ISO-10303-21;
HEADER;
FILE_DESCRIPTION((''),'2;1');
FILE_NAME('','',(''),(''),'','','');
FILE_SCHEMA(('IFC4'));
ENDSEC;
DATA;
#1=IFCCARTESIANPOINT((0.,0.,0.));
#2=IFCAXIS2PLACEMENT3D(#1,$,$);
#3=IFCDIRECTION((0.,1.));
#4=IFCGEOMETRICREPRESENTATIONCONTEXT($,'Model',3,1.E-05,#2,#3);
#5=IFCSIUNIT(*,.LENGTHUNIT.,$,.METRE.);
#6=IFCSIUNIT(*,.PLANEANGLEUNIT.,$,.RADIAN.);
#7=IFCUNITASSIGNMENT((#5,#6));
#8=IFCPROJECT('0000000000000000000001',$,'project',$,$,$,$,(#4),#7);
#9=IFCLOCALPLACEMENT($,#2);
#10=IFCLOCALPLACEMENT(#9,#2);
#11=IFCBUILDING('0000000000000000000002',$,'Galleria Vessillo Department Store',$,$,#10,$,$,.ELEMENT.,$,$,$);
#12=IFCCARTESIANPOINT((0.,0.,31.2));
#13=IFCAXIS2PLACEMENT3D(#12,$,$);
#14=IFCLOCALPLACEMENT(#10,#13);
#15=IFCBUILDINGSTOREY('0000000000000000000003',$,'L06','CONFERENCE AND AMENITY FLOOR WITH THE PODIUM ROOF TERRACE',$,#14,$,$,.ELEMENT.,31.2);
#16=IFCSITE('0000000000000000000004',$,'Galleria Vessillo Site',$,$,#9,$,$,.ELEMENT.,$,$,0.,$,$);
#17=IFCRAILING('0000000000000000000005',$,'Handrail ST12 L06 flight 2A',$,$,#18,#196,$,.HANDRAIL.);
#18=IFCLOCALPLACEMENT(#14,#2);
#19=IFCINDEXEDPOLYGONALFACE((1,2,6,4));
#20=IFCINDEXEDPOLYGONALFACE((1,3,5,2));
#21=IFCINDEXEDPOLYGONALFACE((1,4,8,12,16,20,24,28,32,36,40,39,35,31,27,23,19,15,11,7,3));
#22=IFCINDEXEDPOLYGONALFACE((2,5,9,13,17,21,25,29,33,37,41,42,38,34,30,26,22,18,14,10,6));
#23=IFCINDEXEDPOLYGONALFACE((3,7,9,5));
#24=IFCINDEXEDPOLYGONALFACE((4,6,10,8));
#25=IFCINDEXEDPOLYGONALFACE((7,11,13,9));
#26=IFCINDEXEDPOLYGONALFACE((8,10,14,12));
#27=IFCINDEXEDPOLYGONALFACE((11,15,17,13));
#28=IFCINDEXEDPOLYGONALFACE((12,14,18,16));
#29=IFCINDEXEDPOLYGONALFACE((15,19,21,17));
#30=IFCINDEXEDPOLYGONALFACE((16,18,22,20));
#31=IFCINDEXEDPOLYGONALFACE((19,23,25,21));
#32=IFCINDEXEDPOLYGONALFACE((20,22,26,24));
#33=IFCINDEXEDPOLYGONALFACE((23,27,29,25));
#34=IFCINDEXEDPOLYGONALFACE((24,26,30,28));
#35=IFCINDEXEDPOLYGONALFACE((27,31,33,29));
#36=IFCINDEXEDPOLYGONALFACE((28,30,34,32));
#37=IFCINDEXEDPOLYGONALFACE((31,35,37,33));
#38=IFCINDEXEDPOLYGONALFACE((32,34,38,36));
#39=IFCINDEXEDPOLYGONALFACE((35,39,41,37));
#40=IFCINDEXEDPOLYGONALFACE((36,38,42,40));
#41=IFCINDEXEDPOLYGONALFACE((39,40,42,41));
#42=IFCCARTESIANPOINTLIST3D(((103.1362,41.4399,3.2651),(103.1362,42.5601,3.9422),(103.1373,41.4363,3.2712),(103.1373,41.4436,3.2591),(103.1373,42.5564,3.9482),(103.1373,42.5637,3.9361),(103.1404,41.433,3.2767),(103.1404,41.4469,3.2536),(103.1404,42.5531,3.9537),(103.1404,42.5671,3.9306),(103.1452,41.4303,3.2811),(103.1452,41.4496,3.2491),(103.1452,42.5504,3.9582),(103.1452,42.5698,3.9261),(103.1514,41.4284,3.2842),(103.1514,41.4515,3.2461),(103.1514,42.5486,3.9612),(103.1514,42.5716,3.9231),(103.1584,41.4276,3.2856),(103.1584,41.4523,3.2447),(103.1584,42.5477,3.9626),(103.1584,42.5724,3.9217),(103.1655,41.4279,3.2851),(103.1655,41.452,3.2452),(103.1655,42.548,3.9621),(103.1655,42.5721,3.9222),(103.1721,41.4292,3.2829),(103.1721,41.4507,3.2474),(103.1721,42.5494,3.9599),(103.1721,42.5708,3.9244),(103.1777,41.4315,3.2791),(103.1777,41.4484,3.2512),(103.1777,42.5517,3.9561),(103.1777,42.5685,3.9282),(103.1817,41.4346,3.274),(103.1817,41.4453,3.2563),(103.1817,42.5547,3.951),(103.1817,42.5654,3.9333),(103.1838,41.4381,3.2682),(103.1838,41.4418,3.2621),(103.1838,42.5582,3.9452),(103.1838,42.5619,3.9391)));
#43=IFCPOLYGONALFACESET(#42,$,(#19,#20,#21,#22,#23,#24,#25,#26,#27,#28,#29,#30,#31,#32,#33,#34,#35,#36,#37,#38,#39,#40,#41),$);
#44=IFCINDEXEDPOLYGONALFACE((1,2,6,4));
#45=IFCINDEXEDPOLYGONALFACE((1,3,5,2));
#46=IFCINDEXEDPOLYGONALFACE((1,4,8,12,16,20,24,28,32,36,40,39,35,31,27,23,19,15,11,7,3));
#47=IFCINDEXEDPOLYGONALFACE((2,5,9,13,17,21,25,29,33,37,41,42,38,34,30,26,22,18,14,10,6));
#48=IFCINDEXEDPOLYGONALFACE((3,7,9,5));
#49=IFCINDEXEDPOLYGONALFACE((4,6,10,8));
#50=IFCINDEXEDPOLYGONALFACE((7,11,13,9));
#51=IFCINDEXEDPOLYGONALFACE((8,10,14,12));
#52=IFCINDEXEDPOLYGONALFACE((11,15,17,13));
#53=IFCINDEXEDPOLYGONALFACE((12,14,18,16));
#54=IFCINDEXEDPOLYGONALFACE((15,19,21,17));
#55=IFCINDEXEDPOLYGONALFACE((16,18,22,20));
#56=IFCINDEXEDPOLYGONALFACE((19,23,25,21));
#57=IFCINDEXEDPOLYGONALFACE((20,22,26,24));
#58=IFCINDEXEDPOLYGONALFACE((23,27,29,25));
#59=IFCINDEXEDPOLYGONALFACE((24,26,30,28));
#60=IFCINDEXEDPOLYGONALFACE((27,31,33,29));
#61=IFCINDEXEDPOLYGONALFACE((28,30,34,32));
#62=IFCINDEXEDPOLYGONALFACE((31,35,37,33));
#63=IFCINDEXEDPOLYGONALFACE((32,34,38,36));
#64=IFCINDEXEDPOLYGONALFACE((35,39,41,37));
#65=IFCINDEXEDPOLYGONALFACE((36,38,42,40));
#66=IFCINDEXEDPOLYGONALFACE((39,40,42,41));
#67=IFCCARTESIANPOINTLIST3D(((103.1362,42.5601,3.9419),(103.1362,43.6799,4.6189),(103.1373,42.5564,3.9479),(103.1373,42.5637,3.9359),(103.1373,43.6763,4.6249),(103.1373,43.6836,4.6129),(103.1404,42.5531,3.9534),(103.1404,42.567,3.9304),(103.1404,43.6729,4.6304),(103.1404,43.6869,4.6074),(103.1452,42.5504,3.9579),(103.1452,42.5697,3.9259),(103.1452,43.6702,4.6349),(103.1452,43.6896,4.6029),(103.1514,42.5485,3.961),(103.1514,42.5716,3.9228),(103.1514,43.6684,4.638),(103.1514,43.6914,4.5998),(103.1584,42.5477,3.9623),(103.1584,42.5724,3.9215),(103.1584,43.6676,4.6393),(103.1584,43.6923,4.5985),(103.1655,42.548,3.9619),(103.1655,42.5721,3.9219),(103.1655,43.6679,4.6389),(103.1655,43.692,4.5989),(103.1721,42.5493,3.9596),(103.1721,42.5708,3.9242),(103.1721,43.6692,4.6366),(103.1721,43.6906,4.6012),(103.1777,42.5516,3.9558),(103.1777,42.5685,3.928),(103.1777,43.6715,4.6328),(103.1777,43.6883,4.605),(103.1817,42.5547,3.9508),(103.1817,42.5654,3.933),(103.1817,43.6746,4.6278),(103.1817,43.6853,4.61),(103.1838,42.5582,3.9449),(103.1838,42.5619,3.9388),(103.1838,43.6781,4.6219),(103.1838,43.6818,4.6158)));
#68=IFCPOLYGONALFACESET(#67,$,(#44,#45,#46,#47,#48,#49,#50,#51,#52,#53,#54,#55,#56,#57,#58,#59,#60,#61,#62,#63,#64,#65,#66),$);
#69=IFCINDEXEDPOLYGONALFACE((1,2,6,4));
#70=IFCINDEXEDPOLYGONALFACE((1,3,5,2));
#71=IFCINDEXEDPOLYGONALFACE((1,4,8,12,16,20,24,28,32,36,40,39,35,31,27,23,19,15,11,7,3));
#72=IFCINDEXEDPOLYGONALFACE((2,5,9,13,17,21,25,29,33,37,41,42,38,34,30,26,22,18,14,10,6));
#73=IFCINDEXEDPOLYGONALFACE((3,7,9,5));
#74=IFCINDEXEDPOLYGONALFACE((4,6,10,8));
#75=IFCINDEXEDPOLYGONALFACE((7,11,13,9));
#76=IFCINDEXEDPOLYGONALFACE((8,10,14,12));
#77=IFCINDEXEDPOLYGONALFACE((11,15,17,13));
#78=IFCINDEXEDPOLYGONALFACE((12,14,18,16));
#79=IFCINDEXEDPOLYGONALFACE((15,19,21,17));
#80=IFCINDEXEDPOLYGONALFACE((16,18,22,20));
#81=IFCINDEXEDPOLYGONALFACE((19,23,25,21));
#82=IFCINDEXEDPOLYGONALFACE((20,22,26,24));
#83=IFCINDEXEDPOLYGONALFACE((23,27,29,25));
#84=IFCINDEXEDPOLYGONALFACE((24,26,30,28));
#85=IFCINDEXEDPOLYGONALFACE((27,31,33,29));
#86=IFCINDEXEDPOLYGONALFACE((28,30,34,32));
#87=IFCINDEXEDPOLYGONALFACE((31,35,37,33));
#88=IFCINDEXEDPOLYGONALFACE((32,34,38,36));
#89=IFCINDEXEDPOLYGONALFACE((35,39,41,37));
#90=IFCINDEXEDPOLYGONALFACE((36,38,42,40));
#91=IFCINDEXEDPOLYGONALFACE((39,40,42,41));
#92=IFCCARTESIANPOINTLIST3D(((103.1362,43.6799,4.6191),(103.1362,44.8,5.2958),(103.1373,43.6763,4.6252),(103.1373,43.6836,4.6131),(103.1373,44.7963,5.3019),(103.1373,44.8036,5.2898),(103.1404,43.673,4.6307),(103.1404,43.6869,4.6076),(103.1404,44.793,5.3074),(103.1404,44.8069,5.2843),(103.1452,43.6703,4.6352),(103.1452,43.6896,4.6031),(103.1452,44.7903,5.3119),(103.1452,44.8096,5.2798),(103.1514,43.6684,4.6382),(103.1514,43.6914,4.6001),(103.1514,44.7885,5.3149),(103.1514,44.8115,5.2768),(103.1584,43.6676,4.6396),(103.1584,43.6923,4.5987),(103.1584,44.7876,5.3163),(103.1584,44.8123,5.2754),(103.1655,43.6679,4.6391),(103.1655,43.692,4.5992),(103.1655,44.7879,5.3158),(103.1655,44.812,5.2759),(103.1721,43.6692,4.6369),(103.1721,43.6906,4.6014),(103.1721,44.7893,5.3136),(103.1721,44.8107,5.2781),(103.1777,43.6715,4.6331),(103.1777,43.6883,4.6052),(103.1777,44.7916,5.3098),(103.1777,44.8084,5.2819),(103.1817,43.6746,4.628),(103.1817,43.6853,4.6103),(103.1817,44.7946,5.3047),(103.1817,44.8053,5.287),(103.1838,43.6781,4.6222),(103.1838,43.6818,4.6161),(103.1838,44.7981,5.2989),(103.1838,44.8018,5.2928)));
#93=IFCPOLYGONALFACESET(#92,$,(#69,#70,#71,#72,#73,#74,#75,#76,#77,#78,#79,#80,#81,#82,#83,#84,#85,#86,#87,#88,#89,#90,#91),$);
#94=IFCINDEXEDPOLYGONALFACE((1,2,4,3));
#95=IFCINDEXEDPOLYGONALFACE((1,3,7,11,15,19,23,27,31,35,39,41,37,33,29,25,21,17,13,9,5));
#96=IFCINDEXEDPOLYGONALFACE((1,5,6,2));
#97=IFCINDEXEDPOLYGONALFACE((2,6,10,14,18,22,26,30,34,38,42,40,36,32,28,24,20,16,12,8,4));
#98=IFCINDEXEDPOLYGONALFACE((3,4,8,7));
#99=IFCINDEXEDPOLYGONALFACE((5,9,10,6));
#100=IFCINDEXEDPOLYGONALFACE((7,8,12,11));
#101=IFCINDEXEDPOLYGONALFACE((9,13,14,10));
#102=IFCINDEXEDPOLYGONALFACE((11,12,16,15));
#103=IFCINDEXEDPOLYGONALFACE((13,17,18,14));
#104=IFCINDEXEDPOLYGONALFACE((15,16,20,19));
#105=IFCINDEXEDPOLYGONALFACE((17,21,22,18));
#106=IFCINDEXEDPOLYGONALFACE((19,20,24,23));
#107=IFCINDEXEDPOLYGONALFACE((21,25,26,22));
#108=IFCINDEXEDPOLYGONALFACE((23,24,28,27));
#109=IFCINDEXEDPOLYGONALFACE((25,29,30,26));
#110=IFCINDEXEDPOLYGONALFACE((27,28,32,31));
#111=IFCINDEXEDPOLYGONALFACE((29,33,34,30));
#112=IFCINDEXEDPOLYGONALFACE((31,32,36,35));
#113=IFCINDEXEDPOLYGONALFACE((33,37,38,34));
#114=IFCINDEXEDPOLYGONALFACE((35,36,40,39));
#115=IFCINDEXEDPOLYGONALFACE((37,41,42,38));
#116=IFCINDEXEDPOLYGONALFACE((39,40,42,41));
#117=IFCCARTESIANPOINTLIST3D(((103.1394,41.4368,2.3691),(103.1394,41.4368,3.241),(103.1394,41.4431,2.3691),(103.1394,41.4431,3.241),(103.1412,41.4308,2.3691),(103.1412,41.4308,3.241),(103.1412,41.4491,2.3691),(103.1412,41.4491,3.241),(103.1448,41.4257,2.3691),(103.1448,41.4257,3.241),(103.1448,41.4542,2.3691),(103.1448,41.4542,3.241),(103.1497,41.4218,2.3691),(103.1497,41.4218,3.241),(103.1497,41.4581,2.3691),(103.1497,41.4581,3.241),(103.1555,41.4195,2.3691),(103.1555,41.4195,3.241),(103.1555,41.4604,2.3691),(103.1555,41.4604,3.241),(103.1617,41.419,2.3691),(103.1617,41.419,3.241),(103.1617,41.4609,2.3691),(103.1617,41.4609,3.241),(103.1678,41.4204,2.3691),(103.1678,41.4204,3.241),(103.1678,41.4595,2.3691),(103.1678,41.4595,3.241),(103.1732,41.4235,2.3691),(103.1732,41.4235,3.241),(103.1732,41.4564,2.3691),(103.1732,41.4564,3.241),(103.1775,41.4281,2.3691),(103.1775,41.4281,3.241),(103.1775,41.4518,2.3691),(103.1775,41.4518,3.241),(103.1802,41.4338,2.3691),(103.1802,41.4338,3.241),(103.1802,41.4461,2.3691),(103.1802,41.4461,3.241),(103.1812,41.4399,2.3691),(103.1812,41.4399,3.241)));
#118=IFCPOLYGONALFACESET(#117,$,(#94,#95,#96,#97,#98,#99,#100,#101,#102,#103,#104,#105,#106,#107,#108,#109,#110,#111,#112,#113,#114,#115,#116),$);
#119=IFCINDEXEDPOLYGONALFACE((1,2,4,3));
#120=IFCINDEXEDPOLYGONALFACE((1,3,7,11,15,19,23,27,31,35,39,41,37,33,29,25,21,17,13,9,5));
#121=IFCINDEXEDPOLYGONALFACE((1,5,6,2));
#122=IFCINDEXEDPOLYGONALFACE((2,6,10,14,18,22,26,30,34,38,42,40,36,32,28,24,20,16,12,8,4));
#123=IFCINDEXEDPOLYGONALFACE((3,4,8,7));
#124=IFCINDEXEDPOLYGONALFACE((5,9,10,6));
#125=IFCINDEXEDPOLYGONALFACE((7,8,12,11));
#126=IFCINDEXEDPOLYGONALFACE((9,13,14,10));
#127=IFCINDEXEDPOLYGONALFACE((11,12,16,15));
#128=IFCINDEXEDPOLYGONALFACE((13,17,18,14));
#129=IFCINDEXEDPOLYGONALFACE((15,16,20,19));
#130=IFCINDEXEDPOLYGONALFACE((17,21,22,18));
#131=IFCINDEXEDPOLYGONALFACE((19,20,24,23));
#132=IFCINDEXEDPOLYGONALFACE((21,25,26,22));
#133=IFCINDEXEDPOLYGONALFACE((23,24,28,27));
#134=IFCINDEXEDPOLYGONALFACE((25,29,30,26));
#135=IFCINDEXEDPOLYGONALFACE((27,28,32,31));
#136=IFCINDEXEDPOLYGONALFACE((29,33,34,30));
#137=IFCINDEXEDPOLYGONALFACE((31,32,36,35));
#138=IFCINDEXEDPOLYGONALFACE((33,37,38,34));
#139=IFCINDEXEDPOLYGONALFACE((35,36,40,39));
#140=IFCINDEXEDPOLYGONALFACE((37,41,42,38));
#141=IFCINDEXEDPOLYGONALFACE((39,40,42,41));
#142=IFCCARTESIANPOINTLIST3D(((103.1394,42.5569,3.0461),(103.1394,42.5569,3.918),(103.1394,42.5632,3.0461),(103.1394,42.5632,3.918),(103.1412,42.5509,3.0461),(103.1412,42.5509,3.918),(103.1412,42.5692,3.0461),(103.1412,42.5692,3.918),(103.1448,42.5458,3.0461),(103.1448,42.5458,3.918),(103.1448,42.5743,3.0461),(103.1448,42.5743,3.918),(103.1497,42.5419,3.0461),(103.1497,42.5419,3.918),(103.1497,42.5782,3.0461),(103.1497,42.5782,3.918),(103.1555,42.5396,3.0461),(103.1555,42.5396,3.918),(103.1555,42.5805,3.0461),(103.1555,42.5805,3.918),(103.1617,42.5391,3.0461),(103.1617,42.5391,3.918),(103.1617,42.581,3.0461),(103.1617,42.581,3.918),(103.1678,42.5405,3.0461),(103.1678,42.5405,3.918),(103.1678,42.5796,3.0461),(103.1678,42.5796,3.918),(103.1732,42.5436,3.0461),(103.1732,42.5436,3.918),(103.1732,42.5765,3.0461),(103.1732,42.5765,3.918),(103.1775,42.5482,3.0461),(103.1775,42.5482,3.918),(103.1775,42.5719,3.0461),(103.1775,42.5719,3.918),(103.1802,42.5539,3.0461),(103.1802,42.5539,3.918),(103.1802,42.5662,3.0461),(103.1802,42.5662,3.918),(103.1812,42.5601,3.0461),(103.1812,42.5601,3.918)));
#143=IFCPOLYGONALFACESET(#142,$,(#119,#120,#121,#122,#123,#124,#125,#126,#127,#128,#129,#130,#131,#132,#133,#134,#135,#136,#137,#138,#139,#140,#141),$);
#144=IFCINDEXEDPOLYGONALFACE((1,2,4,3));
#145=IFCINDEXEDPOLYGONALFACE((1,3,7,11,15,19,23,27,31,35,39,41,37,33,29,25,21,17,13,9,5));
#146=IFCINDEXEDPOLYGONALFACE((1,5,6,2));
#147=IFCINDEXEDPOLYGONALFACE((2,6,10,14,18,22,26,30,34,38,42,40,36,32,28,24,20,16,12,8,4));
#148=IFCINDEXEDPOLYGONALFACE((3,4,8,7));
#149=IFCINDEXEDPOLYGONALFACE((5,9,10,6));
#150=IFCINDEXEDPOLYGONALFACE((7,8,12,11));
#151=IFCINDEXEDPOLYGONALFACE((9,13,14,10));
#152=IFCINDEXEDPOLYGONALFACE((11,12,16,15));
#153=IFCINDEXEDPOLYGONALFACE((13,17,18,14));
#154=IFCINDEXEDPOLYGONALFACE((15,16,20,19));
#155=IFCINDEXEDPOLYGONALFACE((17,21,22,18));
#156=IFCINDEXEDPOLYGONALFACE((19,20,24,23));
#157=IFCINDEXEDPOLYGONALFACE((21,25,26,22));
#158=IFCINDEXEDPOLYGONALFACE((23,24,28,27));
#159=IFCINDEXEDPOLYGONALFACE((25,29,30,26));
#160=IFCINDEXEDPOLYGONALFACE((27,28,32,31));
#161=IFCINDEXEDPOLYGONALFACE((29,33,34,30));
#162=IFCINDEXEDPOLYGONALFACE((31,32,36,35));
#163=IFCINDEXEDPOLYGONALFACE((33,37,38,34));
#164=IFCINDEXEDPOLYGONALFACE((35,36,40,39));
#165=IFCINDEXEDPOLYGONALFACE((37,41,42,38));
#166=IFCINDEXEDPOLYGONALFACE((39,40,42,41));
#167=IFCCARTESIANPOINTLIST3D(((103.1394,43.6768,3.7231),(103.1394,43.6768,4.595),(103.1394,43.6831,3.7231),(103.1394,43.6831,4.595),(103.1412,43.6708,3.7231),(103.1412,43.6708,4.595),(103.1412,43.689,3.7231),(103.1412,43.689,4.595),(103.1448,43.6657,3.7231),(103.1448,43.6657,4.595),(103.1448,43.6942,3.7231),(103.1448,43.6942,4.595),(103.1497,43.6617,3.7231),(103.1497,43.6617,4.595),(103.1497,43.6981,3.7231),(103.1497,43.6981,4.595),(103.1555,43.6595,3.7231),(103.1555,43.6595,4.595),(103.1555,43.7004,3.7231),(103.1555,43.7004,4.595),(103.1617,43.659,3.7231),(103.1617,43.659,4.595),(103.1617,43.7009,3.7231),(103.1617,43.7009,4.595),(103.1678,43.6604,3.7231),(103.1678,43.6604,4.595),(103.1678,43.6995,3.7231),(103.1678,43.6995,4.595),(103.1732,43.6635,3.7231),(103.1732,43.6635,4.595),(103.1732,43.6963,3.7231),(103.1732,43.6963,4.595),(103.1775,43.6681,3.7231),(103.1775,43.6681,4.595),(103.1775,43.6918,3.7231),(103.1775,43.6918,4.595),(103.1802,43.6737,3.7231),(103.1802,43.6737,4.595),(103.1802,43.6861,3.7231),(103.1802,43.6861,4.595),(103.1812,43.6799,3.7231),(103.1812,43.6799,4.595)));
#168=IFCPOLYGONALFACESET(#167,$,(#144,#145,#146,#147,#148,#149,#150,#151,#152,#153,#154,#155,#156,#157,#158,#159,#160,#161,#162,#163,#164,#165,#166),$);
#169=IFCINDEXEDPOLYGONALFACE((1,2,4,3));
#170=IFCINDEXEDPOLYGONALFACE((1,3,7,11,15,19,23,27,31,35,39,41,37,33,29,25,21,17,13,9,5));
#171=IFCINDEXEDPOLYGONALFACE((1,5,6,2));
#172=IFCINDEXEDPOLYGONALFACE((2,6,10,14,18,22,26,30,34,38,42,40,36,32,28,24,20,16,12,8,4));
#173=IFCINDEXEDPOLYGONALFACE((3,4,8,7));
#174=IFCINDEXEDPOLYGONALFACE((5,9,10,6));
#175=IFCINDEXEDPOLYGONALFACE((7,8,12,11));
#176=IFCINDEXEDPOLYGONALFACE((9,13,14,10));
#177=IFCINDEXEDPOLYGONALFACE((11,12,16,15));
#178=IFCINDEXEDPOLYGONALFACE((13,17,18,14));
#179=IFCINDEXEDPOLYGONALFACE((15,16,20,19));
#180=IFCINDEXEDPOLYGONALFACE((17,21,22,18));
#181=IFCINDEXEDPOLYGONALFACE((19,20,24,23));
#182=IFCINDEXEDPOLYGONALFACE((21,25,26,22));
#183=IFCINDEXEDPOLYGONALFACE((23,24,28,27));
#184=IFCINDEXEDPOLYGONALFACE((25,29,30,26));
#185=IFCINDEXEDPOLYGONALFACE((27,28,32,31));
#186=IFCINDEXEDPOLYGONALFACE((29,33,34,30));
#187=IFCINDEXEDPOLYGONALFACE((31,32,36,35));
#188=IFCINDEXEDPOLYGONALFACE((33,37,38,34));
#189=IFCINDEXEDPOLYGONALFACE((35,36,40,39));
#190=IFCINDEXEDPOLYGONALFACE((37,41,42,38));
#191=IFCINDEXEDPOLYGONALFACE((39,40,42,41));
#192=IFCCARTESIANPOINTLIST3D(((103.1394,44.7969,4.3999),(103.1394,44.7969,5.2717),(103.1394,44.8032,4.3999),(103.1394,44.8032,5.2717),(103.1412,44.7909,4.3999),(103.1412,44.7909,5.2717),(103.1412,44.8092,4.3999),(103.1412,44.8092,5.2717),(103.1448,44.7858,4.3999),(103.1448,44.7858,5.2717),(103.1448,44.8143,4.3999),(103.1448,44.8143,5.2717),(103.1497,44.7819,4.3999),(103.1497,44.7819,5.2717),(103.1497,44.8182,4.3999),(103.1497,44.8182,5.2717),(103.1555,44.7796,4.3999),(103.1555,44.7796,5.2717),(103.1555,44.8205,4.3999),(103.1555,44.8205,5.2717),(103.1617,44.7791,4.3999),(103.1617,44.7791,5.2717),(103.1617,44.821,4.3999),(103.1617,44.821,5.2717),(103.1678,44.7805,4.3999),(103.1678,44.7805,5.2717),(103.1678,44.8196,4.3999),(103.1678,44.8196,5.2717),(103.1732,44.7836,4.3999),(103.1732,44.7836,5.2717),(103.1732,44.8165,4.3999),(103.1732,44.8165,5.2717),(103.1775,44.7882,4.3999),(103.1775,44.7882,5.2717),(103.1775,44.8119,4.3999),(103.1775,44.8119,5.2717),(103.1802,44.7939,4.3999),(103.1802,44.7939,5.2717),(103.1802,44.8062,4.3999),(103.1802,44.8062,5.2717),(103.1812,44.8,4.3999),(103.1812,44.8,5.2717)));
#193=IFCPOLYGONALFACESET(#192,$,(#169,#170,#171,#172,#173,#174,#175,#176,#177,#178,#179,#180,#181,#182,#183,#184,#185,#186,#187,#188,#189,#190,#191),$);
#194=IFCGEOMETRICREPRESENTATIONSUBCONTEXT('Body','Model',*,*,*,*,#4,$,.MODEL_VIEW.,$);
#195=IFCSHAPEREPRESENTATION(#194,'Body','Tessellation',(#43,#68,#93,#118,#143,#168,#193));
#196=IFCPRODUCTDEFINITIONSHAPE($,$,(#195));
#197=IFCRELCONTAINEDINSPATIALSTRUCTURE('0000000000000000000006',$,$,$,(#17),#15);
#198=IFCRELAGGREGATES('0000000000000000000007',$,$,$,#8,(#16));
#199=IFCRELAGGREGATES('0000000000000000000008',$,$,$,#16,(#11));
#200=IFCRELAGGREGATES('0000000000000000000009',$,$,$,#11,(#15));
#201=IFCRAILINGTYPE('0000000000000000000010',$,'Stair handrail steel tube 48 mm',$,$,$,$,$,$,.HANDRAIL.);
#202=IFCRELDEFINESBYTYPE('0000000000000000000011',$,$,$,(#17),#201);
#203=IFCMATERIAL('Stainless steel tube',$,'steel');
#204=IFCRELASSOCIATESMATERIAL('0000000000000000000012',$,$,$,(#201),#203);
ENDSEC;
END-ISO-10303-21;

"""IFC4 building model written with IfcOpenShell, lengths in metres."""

from ifc_helpers import new_model, si_unit, direction, frame, origin, origin_2d, place, context, subcontext, project, spatial, circle, extrude, material, type_object, element, save


model = new_model("IFC4")

# Units and contexts
model_context = context("Model", 3, precision=1e-05, world=origin(), true_north=direction((0.0, 1.0)))
body_context = subcontext(model_context, "Body", "Model", "MODEL_VIEW")
ifc_project = project(units=[si_unit("LENGTHUNIT", "METRE"), si_unit("PLANEANGLEUNIT", "RADIAN")], contexts=[model_context])

# Site, building, storey
site_placement = place(None, origin())
site = spatial("IfcSite", under=ifc_project, at=site_placement, Name="Galleria Vessillo Site", CompositionType="ELEMENT", RefElevation=0.0)
building_placement = place(site_placement, origin())
building = spatial("IfcBuilding", under=site, at=building_placement, Name="Galleria Vessillo Department Store", CompositionType="ELEMENT")
storey_placement = place(building_placement, frame((0.0, 0.0, 31.2)))
storey = spatial("IfcBuildingStorey", under=building, at=storey_placement, Name="L06", Description="CONFERENCE AND AMENITY FLOOR WITH THE PODIUM ROOF TERRACE", CompositionType="ELEMENT", Elevation=31.2)

# Railing
ifc_material_1 = material(Name="Stainless steel tube", Category="steel")
railing_type = type_object("IfcRailingType", Name="Stair handrail steel tube 48 mm", PredefinedType="HANDRAIL", material=ifc_material_1)
railing_placement = place(storey_placement, frame((103.1602, 41.4399, 2.3691)))
element("IfcRailing", 1, at=railing_placement, inside=storey, type_object=railing_type, Name="Handrail ST12 L06 flight 2A", PredefinedType="HANDRAIL", context=body_context, shape_type="SweptSolid", body=[
    extrude(circle(Radius=0.0239, at=origin_2d()), frame((0.0, 0.0, 0.896), z_axis=(0.0, 0.855826, 0.517264), x_axis=(-1.0, 0.0, 0.0)), (0.0, 0.0, 1.0), 1.3088),
    extrude(circle(Radius=0.0239, at=origin_2d()), frame((0.0, 1.1201, 1.5728), z_axis=(0.0, 0.855776, 0.517346), x_axis=(-1.0, 0.0, 0.0)), (0.0, 0.0, 1.0), 1.3086),
    extrude(circle(Radius=0.0239, at=origin_2d()), frame((0.0, 2.24, 2.25), z_axis=(0.0, 0.855909, 0.517127), x_axis=(-1.0, 0.0, 0.0)), (0.0, 0.0, 1.0), 1.3086),
    extrude(circle(Radius=0.021, at=origin_2d()), origin(), (0.0, 0.0, 1.0), 0.8718),
    extrude(circle(Radius=0.021, at=origin_2d()), frame((0.0, 1.1201, 0.677)), (0.0, 0.0, 1.0), 0.8718),
    extrude(circle(Radius=0.021, at=origin_2d()), frame((0.0, 2.24, 1.354)), (0.0, 0.0, 1.0), 0.8718),
    extrude(circle(Radius=0.021, at=origin_2d()), frame((0.0, 3.3601, 2.0308)), (0.0, 0.0, 1.0), 0.8718),
])

save(model, "model.ifc")
